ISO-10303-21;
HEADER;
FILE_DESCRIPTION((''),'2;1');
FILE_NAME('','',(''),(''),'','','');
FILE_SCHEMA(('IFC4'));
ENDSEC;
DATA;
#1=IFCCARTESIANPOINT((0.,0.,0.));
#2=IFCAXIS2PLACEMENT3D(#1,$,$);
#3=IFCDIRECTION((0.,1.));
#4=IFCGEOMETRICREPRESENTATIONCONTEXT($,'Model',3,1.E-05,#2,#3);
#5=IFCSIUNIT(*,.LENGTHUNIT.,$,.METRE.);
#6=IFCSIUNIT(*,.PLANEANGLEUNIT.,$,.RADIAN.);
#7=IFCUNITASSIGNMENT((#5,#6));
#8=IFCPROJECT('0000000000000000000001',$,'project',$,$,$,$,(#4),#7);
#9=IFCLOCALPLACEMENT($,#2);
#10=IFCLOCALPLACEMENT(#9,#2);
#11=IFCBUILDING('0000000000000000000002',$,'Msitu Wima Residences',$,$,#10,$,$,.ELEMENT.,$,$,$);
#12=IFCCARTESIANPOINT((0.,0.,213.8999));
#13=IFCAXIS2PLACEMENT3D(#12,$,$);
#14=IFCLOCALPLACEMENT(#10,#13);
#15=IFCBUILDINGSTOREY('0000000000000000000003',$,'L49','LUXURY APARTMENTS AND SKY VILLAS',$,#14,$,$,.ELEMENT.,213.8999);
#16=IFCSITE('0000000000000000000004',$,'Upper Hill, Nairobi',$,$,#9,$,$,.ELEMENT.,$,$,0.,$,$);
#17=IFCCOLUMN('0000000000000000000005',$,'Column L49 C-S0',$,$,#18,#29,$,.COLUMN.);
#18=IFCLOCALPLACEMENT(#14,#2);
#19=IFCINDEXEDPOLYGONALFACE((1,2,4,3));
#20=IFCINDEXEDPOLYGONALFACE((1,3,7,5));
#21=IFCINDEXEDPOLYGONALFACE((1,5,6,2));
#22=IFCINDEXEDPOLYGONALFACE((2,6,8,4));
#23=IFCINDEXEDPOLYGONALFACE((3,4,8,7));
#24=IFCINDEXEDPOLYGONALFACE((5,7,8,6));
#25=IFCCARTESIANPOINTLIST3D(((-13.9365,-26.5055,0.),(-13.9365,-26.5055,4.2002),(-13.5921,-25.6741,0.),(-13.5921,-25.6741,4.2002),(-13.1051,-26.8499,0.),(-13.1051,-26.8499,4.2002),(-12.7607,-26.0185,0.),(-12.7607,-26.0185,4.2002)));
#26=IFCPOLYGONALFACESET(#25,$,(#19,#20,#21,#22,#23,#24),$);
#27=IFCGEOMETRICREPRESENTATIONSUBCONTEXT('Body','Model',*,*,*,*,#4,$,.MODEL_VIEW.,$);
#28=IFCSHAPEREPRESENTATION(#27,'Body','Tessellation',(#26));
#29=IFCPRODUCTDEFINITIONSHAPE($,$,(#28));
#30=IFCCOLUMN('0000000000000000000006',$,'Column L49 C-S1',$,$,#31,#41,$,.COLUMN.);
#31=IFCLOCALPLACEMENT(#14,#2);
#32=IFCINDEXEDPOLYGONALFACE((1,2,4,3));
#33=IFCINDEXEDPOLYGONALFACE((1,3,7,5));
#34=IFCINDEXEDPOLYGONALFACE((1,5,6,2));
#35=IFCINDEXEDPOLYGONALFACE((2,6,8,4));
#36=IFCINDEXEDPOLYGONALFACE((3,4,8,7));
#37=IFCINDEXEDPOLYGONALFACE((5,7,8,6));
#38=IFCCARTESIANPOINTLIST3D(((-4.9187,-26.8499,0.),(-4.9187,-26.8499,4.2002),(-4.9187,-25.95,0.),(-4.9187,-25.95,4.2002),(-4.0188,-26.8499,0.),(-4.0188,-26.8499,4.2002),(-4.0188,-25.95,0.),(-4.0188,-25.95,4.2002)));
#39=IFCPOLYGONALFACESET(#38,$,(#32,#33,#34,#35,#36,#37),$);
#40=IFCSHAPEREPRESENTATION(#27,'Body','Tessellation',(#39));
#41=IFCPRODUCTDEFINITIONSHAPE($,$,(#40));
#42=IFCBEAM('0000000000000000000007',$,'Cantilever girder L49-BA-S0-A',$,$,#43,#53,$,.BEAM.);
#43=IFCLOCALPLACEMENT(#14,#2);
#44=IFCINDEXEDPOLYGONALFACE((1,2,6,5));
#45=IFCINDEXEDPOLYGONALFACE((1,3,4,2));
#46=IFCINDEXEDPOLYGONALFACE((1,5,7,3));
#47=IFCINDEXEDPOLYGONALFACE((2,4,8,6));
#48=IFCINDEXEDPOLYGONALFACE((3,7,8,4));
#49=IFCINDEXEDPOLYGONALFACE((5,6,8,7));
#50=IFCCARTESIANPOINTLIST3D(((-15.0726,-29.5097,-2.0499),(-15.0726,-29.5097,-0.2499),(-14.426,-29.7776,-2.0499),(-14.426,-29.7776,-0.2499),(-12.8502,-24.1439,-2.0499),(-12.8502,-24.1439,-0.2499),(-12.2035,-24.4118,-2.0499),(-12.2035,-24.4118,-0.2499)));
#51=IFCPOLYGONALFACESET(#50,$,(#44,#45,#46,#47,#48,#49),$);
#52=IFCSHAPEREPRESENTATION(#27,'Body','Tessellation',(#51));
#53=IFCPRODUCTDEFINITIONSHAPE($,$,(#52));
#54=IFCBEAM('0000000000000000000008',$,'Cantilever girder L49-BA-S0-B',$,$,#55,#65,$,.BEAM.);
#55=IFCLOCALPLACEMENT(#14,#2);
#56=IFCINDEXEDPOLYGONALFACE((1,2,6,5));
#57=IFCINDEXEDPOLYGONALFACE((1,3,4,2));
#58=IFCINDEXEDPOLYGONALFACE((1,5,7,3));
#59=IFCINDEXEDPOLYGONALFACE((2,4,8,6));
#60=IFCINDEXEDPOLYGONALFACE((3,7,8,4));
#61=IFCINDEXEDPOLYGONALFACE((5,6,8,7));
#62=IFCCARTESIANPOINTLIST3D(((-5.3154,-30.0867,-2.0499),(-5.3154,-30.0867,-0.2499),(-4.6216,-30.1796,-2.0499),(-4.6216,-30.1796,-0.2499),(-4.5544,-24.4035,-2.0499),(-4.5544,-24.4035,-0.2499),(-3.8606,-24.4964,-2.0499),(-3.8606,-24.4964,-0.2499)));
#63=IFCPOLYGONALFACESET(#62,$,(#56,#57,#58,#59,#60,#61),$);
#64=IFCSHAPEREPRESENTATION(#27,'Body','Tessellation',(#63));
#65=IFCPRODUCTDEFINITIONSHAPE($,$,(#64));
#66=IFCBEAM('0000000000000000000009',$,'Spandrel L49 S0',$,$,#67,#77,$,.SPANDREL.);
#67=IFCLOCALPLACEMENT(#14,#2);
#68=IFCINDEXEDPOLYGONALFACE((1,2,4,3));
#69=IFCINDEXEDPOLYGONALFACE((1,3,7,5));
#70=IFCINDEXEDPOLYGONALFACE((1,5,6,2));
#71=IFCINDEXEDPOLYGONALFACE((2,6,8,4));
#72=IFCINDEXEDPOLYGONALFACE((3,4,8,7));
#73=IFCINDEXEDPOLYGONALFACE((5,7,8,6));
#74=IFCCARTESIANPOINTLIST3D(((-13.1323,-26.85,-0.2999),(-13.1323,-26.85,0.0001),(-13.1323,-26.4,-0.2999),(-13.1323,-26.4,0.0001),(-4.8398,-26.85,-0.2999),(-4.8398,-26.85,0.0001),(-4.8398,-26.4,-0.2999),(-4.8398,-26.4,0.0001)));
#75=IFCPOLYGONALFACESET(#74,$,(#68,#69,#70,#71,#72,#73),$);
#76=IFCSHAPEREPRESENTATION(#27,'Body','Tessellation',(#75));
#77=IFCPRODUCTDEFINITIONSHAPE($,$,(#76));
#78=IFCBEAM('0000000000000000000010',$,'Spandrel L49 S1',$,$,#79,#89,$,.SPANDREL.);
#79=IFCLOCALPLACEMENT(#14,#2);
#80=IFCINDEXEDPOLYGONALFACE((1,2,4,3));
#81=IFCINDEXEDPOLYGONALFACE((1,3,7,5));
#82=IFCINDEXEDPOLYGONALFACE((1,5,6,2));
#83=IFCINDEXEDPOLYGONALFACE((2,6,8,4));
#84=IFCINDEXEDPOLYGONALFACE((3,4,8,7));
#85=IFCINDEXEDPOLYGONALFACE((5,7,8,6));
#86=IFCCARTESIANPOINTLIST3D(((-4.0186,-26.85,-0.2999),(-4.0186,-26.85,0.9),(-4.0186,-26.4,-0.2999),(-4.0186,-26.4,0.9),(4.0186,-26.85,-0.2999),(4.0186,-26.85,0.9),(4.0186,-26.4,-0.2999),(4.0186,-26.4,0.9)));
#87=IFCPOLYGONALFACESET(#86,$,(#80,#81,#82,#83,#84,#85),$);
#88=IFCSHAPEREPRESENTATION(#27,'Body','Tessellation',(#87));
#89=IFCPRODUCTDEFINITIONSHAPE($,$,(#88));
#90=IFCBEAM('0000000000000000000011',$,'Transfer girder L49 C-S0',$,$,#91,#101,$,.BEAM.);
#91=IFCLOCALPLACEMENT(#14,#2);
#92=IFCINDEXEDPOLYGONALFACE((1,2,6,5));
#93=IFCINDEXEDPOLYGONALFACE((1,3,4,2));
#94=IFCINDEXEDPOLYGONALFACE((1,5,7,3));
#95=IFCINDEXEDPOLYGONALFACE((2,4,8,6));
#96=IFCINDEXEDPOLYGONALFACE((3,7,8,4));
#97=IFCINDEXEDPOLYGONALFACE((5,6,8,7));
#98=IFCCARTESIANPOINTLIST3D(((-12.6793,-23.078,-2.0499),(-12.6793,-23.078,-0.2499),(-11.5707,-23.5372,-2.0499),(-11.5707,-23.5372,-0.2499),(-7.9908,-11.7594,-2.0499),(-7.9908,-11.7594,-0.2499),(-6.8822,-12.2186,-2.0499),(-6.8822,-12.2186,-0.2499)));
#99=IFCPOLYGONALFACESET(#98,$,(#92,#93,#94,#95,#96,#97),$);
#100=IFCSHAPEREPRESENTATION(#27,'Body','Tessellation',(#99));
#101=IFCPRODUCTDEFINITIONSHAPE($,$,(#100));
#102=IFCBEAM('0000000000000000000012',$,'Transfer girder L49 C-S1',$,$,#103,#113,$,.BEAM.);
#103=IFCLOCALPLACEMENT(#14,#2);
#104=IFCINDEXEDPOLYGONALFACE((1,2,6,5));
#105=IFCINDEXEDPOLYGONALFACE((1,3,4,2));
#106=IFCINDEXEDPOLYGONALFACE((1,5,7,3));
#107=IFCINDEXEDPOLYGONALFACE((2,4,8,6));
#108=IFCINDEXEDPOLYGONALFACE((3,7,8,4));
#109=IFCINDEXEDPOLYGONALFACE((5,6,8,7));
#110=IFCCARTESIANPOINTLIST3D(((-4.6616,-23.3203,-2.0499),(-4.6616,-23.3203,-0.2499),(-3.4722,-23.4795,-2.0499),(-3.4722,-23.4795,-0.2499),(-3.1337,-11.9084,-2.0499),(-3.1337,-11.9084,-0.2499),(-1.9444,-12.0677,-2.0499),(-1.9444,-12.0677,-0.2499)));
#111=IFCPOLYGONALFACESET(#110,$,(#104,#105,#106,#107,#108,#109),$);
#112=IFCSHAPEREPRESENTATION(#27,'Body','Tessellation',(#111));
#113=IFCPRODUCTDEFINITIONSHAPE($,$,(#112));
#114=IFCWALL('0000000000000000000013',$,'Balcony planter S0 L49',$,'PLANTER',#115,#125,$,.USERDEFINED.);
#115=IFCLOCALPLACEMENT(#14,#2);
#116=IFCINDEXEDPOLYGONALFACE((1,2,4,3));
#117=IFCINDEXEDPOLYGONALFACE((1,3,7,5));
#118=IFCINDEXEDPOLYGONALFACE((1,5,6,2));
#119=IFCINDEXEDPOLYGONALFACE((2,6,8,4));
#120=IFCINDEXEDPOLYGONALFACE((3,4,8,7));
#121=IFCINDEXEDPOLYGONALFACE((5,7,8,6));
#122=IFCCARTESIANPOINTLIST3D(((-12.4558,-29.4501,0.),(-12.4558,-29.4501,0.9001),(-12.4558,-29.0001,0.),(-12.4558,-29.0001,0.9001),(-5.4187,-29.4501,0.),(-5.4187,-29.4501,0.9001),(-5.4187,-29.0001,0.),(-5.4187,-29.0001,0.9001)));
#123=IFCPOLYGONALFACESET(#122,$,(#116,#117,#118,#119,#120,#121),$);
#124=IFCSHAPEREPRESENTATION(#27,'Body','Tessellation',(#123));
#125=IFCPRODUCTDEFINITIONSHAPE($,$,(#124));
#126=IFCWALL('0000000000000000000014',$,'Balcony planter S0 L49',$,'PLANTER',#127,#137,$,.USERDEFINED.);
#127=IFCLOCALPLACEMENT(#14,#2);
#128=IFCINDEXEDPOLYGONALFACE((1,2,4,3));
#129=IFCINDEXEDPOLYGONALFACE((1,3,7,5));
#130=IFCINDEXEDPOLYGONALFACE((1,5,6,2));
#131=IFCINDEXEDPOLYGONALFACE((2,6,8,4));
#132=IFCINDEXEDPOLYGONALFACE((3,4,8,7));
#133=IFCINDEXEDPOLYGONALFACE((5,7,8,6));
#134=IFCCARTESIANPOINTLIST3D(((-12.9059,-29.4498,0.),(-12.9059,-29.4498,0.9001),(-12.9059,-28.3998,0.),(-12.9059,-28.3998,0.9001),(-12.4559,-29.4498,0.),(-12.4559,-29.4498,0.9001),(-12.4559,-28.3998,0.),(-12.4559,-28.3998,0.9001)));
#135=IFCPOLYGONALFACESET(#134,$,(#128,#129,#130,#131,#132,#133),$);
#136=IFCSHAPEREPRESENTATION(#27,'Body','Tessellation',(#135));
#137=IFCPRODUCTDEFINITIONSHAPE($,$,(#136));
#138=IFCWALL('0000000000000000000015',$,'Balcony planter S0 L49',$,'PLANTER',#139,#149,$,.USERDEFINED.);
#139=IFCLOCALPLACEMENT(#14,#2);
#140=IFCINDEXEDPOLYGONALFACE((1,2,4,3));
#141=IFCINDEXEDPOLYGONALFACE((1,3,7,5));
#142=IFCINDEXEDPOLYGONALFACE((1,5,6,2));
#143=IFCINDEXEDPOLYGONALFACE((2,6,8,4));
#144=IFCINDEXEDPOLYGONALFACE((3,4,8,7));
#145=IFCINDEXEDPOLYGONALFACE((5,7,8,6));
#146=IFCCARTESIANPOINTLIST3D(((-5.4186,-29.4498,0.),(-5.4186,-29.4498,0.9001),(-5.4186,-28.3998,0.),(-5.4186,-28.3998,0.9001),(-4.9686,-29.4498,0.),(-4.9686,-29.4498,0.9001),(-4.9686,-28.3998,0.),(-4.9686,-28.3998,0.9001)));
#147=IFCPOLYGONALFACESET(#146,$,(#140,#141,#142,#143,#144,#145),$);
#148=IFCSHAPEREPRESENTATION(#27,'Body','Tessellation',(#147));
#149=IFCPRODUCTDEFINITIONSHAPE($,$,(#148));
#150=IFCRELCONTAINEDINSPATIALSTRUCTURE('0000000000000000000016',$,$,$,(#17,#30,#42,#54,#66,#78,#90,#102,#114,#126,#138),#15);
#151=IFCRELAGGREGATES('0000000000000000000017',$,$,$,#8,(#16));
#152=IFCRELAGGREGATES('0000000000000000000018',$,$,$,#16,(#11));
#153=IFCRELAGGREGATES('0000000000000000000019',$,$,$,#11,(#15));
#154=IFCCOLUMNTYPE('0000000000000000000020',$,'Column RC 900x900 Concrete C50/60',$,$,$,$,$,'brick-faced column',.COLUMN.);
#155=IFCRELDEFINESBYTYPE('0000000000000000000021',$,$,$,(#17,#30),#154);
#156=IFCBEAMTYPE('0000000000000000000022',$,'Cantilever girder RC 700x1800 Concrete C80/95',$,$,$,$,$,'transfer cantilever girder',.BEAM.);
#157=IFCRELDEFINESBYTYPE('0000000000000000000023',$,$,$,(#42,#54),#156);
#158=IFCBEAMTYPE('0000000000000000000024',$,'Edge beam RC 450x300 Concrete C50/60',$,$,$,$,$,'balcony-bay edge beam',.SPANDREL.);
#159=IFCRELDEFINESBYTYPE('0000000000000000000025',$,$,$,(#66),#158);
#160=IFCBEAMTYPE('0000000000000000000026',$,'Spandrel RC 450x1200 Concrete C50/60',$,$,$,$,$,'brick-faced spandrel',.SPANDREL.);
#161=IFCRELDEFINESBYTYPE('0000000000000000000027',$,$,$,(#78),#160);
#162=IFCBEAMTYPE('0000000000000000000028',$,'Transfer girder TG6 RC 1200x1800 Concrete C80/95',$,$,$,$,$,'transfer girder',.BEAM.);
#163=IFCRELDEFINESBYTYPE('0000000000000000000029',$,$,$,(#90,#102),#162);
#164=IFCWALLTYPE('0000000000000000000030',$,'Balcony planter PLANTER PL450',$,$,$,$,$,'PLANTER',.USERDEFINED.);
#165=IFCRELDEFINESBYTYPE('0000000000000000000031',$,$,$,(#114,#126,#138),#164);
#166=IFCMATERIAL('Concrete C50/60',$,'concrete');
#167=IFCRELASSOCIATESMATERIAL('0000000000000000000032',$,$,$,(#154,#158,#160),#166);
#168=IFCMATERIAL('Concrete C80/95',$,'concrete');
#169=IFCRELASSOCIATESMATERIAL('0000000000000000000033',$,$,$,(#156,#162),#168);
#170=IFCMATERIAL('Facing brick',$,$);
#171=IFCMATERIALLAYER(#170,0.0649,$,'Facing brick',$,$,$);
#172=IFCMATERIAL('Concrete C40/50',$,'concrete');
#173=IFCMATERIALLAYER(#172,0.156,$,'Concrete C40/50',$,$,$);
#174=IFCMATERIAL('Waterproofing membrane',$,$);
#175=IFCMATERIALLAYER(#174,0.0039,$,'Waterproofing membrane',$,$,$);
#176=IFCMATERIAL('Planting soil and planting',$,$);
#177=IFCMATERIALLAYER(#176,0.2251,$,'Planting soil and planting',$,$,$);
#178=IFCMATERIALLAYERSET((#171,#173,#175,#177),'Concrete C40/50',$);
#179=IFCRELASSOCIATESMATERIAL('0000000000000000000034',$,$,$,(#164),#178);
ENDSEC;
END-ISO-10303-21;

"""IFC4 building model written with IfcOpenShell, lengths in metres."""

from ifc_helpers import new_model, si_unit, direction, frame, frame_2d, origin, origin_2d, place, context, subcontext, project, spatial, rectangle, extrude, material, layer, layer_set, material_profile, profile_set, type_object, element, save


model = new_model("IFC4")

# Units and contexts
model_context = context("Model", 3, precision=1e-05, world=origin(), true_north=direction((0.0, 1.0)))
body_context = subcontext(model_context, "Body", "Model", "MODEL_VIEW")
ifc_project = project(units=[si_unit("LENGTHUNIT", "METRE"), si_unit("PLANEANGLEUNIT", "RADIAN")], contexts=[model_context])

# Site, building, storey
site_placement = place(None, origin())
site = spatial("IfcSite", under=ifc_project, at=site_placement, Name="Upper Hill, Nairobi", CompositionType="ELEMENT", RefElevation=0.0)
building_placement = place(site_placement, origin())
building = spatial("IfcBuilding", under=site, at=building_placement, Name="Msitu Wima Residences", CompositionType="ELEMENT")
storey_placement = place(building_placement, frame((0.0, 0.0, 213.8999)))
storey = spatial("IfcBuildingStorey", under=building, at=storey_placement, Name="L49", Description="LUXURY APARTMENTS AND SKY VILLAS", CompositionType="ELEMENT", Elevation=213.8999)

# Columns
ifc_material_1 = material(Name="Concrete C50/60", Category="concrete")
ifc_material_profile_1 = material_profile(ifc_material_1, rectangle(XDim=0.8999, YDim=0.8999, at=origin_2d()), Name="RC 900x900")
ifc_profile_set_1 = profile_set([ifc_material_profile_1], Name="Concrete C50/60")
column_type = type_object("IfcColumnType", Name="Column RC 900x900 Concrete C50/60", ElementType="brick-faced column", PredefinedType="COLUMN", material=ifc_profile_set_1)
for number, where, z_axis, x_axis, name in (
    (1, (-13.3486, -26.262, 0.0), (0.0, 0.0, 1.0), (0.92388, -0.382683, 0.0), "Column L49 C-S0"),
    (2, (-4.4688, -26.3999, 0.0), (0.0, 0.0, 1.0), (1.0, 0.0, 0.0), "Column L49 C-S1"),
):
    element("IfcColumn", number, at=place(storey_placement, frame(where, z_axis=z_axis, x_axis=x_axis)), inside=storey, type_object=column_type, Name=name, PredefinedType="COLUMN", context=body_context, shape_type="SweptSolid", body=[
        extrude(rectangle(XDim=0.8999, YDim=0.8999, at=origin_2d()), origin(), (0.0, 0.0, 1.0), 4.2002),
    ])

# Beams
ifc_material_2 = material(Name="Concrete C80/95", Category="concrete")
ifc_material_profile_2 = material_profile(ifc_material_2, rectangle(XDim=0.7, YDim=1.8, at=origin_2d()), Name="RC 700x1800")
ifc_profile_set_2 = profile_set([ifc_material_profile_2], Name="Concrete C80/95")
beam_type_1 = type_object("IfcBeamType", Name="Cantilever girder RC 700x1800 Concrete C80/95", ElementType="transfer cantilever girder", PredefinedType="BEAM", material=ifc_profile_set_2)
beam_1_placement = place(storey_placement, frame((-12.5269, -24.2778, -1.1499), z_axis=(-0.382662, -0.923888, 0.0), x_axis=(0.923888, -0.382662, 0.0)))
element("IfcBeam", 3, at=beam_1_placement, inside=storey, type_object=beam_type_1, Name="Cantilever girder L49-BA-S0-A", PredefinedType="BEAM", context=body_context, shape_type="SweptSolid", body=[
    extrude(rectangle(XDim=0.7, YDim=1.8, at=origin_2d()), origin(), (0.0, 0.0, 1.0), 5.8079),
])
beam_2_placement = place(storey_placement, frame((-4.2075, -24.45, -1.1499), z_axis=(-0.132719, -0.991154, 0.0), x_axis=(0.991154, -0.132719, 0.0)))
element("IfcBeam", 4, at=beam_2_placement, inside=storey, type_object=beam_type_1, Name="Cantilever girder L49-BA-S0-B", PredefinedType="BEAM", context=body_context, shape_type="SweptSolid", body=[
    extrude(rectangle(XDim=0.7, YDim=1.8, at=origin_2d()), origin(), (0.0, 0.0, 1.0), 5.7339),
])
ifc_material_profile_3 = material_profile(ifc_material_1, rectangle(XDim=0.45, YDim=0.3, at=origin_2d()), Name="RC 450x300")
ifc_profile_set_3 = profile_set([ifc_material_profile_3], Name="Concrete C50/60")
beam_type_2 = type_object("IfcBeamType", Name="Edge beam RC 450x300 Concrete C50/60", ElementType="balcony-bay edge beam", PredefinedType="SPANDREL", material=ifc_profile_set_3)
beam_3_placement = place(storey_placement, frame((-13.1323, -26.625, -0.1499), z_axis=(1.0, 0.0, 0.0), x_axis=(0.0, 1.0, 0.0)))
element("IfcBeam", 5, at=beam_3_placement, inside=storey, type_object=beam_type_2, Name="Spandrel L49 S0", PredefinedType="SPANDREL", context=body_context, shape_type="SweptSolid", body=[
    extrude(rectangle(XDim=0.45, YDim=0.3, at=origin_2d()), origin(), (0.0, 0.0, 1.0), 8.2925),
])
ifc_material_profile_4 = material_profile(ifc_material_1, rectangle(XDim=0.45, YDim=1.2, at=origin_2d()), Name="RC 450x1200")
ifc_profile_set_4 = profile_set([ifc_material_profile_4], Name="Concrete C50/60")
beam_type_3 = type_object("IfcBeamType", Name="Spandrel RC 450x1200 Concrete C50/60", ElementType="brick-faced spandrel", PredefinedType="SPANDREL", material=ifc_profile_set_4)
beam_4_placement = place(storey_placement, frame((-4.0186, -26.625, 0.3), z_axis=(1.0, 0.0, 0.0), x_axis=(0.0, 1.0, 0.0)))
element("IfcBeam", 6, at=beam_4_placement, inside=storey, type_object=beam_type_3, Name="Spandrel L49 S1", PredefinedType="SPANDREL", context=body_context, shape_type="SweptSolid", body=[
    extrude(rectangle(XDim=0.45, YDim=1.2, at=origin_2d()), origin(), (0.0, 0.0, 1.0), 8.0371),
])
ifc_material_profile_5 = material_profile(ifc_material_2, rectangle(XDim=1.2, YDim=1.8, at=origin_2d()), Name="RC 1200x1800")
ifc_profile_set_5 = profile_set([ifc_material_profile_5], Name="Concrete C80/95")
beam_type_4 = type_object("IfcBeamType", Name="Transfer girder TG6 RC 1200x1800 Concrete C80/95", ElementType="transfer girder", PredefinedType="BEAM", material=ifc_profile_set_5)
beam_5_placement = place(storey_placement, frame((-12.125, -23.3076, -1.1499), z_axis=(0.382694, 0.923875, 0.0), x_axis=(-0.923875, 0.382694, 0.0)))
element("IfcBeam", 7, at=beam_5_placement, inside=storey, type_object=beam_type_4, Name="Transfer girder L49 C-S0", PredefinedType="BEAM", context=body_context, shape_type="SweptSolid", body=[
    extrude(rectangle(XDim=1.2, YDim=1.8, at=origin_2d()), origin(), (0.0, 0.0, 1.0), 12.2512),
])
beam_6_placement = place(storey_placement, frame((-4.0669, -23.3999, -1.1499), z_axis=(0.132697, 0.991157, 0.0), x_axis=(-0.991157, 0.132697, 0.0)))
element("IfcBeam", 8, at=beam_6_placement, inside=storey, type_object=beam_type_4, Name="Transfer girder L49 C-S1", PredefinedType="BEAM", context=body_context, shape_type="SweptSolid", body=[
    extrude(rectangle(XDim=1.2, YDim=1.8, at=origin_2d()), origin(), (0.0, 0.0, 1.0), 11.5137),
])

# Walls
ifc_material_3 = material(Name="Facing brick")
ifc_layer_1 = layer(ifc_material_3, 0.0649, Name="Facing brick")
ifc_material_4 = material(Name="Concrete C40/50", Category="concrete")
ifc_layer_2 = layer(ifc_material_4, 0.156, Name="Concrete C40/50")
ifc_material_5 = material(Name="Waterproofing membrane")
ifc_layer_3 = layer(ifc_material_5, 0.0039, Name="Waterproofing membrane")
ifc_material_6 = material(Name="Planting soil and planting")
ifc_layer_4 = layer(ifc_material_6, 0.2251, Name="Planting soil and planting")
ifc_layer_set_1 = layer_set([ifc_layer_1, ifc_layer_2, ifc_layer_3, ifc_layer_4], Name="Concrete C40/50")
wall_type_1 = type_object("IfcWallType", Name="Balcony planter PLANTER PL450", ElementType="PLANTER", PredefinedType="USERDEFINED", material=ifc_layer_set_1)
wall_1_placement = place(storey_placement, frame((-12.4558, -29.2251, 0.0), z_axis=(0.0, 0.0, 1.0), x_axis=(1.0, 0.0, 0.0)))
element("IfcWall", 9, at=wall_1_placement, inside=storey, type_object=wall_type_1, Name="Balcony planter S0 L49", ObjectType="PLANTER", PredefinedType="USERDEFINED", context=body_context, shape_type="SweptSolid", body=[
    extrude(rectangle(XDim=7.0371, YDim=0.45, at=frame_2d((3.5186, 0.0))), origin(), (0.0, 0.0, 1.0), 0.9001),
])
for number, where, z_axis, x_axis, name in (
    (10, (-12.6809, -28.3999, 0.0), (0.0, 0.0, 1.0), (0.0, -1.0, 0.0), "Balcony planter S0 L49"),
    (11, (-5.1936, -28.3999, 0.0), (0.0, 0.0, 1.0), (0.0, -1.0, 0.0), "Balcony planter S0 L49"),
):
    element("IfcWall", number, at=place(storey_placement, frame(where, z_axis=z_axis, x_axis=x_axis)), inside=storey, type_object=wall_type_1, Name=name, ObjectType="PLANTER", PredefinedType="USERDEFINED", context=body_context, shape_type="SweptSolid", body=[
        extrude(rectangle(XDim=1.05, YDim=0.45, at=frame_2d((0.5249, 0.0))), origin(), (0.0, 0.0, 1.0), 0.9001),
    ])

save(model, "model.ifc")
